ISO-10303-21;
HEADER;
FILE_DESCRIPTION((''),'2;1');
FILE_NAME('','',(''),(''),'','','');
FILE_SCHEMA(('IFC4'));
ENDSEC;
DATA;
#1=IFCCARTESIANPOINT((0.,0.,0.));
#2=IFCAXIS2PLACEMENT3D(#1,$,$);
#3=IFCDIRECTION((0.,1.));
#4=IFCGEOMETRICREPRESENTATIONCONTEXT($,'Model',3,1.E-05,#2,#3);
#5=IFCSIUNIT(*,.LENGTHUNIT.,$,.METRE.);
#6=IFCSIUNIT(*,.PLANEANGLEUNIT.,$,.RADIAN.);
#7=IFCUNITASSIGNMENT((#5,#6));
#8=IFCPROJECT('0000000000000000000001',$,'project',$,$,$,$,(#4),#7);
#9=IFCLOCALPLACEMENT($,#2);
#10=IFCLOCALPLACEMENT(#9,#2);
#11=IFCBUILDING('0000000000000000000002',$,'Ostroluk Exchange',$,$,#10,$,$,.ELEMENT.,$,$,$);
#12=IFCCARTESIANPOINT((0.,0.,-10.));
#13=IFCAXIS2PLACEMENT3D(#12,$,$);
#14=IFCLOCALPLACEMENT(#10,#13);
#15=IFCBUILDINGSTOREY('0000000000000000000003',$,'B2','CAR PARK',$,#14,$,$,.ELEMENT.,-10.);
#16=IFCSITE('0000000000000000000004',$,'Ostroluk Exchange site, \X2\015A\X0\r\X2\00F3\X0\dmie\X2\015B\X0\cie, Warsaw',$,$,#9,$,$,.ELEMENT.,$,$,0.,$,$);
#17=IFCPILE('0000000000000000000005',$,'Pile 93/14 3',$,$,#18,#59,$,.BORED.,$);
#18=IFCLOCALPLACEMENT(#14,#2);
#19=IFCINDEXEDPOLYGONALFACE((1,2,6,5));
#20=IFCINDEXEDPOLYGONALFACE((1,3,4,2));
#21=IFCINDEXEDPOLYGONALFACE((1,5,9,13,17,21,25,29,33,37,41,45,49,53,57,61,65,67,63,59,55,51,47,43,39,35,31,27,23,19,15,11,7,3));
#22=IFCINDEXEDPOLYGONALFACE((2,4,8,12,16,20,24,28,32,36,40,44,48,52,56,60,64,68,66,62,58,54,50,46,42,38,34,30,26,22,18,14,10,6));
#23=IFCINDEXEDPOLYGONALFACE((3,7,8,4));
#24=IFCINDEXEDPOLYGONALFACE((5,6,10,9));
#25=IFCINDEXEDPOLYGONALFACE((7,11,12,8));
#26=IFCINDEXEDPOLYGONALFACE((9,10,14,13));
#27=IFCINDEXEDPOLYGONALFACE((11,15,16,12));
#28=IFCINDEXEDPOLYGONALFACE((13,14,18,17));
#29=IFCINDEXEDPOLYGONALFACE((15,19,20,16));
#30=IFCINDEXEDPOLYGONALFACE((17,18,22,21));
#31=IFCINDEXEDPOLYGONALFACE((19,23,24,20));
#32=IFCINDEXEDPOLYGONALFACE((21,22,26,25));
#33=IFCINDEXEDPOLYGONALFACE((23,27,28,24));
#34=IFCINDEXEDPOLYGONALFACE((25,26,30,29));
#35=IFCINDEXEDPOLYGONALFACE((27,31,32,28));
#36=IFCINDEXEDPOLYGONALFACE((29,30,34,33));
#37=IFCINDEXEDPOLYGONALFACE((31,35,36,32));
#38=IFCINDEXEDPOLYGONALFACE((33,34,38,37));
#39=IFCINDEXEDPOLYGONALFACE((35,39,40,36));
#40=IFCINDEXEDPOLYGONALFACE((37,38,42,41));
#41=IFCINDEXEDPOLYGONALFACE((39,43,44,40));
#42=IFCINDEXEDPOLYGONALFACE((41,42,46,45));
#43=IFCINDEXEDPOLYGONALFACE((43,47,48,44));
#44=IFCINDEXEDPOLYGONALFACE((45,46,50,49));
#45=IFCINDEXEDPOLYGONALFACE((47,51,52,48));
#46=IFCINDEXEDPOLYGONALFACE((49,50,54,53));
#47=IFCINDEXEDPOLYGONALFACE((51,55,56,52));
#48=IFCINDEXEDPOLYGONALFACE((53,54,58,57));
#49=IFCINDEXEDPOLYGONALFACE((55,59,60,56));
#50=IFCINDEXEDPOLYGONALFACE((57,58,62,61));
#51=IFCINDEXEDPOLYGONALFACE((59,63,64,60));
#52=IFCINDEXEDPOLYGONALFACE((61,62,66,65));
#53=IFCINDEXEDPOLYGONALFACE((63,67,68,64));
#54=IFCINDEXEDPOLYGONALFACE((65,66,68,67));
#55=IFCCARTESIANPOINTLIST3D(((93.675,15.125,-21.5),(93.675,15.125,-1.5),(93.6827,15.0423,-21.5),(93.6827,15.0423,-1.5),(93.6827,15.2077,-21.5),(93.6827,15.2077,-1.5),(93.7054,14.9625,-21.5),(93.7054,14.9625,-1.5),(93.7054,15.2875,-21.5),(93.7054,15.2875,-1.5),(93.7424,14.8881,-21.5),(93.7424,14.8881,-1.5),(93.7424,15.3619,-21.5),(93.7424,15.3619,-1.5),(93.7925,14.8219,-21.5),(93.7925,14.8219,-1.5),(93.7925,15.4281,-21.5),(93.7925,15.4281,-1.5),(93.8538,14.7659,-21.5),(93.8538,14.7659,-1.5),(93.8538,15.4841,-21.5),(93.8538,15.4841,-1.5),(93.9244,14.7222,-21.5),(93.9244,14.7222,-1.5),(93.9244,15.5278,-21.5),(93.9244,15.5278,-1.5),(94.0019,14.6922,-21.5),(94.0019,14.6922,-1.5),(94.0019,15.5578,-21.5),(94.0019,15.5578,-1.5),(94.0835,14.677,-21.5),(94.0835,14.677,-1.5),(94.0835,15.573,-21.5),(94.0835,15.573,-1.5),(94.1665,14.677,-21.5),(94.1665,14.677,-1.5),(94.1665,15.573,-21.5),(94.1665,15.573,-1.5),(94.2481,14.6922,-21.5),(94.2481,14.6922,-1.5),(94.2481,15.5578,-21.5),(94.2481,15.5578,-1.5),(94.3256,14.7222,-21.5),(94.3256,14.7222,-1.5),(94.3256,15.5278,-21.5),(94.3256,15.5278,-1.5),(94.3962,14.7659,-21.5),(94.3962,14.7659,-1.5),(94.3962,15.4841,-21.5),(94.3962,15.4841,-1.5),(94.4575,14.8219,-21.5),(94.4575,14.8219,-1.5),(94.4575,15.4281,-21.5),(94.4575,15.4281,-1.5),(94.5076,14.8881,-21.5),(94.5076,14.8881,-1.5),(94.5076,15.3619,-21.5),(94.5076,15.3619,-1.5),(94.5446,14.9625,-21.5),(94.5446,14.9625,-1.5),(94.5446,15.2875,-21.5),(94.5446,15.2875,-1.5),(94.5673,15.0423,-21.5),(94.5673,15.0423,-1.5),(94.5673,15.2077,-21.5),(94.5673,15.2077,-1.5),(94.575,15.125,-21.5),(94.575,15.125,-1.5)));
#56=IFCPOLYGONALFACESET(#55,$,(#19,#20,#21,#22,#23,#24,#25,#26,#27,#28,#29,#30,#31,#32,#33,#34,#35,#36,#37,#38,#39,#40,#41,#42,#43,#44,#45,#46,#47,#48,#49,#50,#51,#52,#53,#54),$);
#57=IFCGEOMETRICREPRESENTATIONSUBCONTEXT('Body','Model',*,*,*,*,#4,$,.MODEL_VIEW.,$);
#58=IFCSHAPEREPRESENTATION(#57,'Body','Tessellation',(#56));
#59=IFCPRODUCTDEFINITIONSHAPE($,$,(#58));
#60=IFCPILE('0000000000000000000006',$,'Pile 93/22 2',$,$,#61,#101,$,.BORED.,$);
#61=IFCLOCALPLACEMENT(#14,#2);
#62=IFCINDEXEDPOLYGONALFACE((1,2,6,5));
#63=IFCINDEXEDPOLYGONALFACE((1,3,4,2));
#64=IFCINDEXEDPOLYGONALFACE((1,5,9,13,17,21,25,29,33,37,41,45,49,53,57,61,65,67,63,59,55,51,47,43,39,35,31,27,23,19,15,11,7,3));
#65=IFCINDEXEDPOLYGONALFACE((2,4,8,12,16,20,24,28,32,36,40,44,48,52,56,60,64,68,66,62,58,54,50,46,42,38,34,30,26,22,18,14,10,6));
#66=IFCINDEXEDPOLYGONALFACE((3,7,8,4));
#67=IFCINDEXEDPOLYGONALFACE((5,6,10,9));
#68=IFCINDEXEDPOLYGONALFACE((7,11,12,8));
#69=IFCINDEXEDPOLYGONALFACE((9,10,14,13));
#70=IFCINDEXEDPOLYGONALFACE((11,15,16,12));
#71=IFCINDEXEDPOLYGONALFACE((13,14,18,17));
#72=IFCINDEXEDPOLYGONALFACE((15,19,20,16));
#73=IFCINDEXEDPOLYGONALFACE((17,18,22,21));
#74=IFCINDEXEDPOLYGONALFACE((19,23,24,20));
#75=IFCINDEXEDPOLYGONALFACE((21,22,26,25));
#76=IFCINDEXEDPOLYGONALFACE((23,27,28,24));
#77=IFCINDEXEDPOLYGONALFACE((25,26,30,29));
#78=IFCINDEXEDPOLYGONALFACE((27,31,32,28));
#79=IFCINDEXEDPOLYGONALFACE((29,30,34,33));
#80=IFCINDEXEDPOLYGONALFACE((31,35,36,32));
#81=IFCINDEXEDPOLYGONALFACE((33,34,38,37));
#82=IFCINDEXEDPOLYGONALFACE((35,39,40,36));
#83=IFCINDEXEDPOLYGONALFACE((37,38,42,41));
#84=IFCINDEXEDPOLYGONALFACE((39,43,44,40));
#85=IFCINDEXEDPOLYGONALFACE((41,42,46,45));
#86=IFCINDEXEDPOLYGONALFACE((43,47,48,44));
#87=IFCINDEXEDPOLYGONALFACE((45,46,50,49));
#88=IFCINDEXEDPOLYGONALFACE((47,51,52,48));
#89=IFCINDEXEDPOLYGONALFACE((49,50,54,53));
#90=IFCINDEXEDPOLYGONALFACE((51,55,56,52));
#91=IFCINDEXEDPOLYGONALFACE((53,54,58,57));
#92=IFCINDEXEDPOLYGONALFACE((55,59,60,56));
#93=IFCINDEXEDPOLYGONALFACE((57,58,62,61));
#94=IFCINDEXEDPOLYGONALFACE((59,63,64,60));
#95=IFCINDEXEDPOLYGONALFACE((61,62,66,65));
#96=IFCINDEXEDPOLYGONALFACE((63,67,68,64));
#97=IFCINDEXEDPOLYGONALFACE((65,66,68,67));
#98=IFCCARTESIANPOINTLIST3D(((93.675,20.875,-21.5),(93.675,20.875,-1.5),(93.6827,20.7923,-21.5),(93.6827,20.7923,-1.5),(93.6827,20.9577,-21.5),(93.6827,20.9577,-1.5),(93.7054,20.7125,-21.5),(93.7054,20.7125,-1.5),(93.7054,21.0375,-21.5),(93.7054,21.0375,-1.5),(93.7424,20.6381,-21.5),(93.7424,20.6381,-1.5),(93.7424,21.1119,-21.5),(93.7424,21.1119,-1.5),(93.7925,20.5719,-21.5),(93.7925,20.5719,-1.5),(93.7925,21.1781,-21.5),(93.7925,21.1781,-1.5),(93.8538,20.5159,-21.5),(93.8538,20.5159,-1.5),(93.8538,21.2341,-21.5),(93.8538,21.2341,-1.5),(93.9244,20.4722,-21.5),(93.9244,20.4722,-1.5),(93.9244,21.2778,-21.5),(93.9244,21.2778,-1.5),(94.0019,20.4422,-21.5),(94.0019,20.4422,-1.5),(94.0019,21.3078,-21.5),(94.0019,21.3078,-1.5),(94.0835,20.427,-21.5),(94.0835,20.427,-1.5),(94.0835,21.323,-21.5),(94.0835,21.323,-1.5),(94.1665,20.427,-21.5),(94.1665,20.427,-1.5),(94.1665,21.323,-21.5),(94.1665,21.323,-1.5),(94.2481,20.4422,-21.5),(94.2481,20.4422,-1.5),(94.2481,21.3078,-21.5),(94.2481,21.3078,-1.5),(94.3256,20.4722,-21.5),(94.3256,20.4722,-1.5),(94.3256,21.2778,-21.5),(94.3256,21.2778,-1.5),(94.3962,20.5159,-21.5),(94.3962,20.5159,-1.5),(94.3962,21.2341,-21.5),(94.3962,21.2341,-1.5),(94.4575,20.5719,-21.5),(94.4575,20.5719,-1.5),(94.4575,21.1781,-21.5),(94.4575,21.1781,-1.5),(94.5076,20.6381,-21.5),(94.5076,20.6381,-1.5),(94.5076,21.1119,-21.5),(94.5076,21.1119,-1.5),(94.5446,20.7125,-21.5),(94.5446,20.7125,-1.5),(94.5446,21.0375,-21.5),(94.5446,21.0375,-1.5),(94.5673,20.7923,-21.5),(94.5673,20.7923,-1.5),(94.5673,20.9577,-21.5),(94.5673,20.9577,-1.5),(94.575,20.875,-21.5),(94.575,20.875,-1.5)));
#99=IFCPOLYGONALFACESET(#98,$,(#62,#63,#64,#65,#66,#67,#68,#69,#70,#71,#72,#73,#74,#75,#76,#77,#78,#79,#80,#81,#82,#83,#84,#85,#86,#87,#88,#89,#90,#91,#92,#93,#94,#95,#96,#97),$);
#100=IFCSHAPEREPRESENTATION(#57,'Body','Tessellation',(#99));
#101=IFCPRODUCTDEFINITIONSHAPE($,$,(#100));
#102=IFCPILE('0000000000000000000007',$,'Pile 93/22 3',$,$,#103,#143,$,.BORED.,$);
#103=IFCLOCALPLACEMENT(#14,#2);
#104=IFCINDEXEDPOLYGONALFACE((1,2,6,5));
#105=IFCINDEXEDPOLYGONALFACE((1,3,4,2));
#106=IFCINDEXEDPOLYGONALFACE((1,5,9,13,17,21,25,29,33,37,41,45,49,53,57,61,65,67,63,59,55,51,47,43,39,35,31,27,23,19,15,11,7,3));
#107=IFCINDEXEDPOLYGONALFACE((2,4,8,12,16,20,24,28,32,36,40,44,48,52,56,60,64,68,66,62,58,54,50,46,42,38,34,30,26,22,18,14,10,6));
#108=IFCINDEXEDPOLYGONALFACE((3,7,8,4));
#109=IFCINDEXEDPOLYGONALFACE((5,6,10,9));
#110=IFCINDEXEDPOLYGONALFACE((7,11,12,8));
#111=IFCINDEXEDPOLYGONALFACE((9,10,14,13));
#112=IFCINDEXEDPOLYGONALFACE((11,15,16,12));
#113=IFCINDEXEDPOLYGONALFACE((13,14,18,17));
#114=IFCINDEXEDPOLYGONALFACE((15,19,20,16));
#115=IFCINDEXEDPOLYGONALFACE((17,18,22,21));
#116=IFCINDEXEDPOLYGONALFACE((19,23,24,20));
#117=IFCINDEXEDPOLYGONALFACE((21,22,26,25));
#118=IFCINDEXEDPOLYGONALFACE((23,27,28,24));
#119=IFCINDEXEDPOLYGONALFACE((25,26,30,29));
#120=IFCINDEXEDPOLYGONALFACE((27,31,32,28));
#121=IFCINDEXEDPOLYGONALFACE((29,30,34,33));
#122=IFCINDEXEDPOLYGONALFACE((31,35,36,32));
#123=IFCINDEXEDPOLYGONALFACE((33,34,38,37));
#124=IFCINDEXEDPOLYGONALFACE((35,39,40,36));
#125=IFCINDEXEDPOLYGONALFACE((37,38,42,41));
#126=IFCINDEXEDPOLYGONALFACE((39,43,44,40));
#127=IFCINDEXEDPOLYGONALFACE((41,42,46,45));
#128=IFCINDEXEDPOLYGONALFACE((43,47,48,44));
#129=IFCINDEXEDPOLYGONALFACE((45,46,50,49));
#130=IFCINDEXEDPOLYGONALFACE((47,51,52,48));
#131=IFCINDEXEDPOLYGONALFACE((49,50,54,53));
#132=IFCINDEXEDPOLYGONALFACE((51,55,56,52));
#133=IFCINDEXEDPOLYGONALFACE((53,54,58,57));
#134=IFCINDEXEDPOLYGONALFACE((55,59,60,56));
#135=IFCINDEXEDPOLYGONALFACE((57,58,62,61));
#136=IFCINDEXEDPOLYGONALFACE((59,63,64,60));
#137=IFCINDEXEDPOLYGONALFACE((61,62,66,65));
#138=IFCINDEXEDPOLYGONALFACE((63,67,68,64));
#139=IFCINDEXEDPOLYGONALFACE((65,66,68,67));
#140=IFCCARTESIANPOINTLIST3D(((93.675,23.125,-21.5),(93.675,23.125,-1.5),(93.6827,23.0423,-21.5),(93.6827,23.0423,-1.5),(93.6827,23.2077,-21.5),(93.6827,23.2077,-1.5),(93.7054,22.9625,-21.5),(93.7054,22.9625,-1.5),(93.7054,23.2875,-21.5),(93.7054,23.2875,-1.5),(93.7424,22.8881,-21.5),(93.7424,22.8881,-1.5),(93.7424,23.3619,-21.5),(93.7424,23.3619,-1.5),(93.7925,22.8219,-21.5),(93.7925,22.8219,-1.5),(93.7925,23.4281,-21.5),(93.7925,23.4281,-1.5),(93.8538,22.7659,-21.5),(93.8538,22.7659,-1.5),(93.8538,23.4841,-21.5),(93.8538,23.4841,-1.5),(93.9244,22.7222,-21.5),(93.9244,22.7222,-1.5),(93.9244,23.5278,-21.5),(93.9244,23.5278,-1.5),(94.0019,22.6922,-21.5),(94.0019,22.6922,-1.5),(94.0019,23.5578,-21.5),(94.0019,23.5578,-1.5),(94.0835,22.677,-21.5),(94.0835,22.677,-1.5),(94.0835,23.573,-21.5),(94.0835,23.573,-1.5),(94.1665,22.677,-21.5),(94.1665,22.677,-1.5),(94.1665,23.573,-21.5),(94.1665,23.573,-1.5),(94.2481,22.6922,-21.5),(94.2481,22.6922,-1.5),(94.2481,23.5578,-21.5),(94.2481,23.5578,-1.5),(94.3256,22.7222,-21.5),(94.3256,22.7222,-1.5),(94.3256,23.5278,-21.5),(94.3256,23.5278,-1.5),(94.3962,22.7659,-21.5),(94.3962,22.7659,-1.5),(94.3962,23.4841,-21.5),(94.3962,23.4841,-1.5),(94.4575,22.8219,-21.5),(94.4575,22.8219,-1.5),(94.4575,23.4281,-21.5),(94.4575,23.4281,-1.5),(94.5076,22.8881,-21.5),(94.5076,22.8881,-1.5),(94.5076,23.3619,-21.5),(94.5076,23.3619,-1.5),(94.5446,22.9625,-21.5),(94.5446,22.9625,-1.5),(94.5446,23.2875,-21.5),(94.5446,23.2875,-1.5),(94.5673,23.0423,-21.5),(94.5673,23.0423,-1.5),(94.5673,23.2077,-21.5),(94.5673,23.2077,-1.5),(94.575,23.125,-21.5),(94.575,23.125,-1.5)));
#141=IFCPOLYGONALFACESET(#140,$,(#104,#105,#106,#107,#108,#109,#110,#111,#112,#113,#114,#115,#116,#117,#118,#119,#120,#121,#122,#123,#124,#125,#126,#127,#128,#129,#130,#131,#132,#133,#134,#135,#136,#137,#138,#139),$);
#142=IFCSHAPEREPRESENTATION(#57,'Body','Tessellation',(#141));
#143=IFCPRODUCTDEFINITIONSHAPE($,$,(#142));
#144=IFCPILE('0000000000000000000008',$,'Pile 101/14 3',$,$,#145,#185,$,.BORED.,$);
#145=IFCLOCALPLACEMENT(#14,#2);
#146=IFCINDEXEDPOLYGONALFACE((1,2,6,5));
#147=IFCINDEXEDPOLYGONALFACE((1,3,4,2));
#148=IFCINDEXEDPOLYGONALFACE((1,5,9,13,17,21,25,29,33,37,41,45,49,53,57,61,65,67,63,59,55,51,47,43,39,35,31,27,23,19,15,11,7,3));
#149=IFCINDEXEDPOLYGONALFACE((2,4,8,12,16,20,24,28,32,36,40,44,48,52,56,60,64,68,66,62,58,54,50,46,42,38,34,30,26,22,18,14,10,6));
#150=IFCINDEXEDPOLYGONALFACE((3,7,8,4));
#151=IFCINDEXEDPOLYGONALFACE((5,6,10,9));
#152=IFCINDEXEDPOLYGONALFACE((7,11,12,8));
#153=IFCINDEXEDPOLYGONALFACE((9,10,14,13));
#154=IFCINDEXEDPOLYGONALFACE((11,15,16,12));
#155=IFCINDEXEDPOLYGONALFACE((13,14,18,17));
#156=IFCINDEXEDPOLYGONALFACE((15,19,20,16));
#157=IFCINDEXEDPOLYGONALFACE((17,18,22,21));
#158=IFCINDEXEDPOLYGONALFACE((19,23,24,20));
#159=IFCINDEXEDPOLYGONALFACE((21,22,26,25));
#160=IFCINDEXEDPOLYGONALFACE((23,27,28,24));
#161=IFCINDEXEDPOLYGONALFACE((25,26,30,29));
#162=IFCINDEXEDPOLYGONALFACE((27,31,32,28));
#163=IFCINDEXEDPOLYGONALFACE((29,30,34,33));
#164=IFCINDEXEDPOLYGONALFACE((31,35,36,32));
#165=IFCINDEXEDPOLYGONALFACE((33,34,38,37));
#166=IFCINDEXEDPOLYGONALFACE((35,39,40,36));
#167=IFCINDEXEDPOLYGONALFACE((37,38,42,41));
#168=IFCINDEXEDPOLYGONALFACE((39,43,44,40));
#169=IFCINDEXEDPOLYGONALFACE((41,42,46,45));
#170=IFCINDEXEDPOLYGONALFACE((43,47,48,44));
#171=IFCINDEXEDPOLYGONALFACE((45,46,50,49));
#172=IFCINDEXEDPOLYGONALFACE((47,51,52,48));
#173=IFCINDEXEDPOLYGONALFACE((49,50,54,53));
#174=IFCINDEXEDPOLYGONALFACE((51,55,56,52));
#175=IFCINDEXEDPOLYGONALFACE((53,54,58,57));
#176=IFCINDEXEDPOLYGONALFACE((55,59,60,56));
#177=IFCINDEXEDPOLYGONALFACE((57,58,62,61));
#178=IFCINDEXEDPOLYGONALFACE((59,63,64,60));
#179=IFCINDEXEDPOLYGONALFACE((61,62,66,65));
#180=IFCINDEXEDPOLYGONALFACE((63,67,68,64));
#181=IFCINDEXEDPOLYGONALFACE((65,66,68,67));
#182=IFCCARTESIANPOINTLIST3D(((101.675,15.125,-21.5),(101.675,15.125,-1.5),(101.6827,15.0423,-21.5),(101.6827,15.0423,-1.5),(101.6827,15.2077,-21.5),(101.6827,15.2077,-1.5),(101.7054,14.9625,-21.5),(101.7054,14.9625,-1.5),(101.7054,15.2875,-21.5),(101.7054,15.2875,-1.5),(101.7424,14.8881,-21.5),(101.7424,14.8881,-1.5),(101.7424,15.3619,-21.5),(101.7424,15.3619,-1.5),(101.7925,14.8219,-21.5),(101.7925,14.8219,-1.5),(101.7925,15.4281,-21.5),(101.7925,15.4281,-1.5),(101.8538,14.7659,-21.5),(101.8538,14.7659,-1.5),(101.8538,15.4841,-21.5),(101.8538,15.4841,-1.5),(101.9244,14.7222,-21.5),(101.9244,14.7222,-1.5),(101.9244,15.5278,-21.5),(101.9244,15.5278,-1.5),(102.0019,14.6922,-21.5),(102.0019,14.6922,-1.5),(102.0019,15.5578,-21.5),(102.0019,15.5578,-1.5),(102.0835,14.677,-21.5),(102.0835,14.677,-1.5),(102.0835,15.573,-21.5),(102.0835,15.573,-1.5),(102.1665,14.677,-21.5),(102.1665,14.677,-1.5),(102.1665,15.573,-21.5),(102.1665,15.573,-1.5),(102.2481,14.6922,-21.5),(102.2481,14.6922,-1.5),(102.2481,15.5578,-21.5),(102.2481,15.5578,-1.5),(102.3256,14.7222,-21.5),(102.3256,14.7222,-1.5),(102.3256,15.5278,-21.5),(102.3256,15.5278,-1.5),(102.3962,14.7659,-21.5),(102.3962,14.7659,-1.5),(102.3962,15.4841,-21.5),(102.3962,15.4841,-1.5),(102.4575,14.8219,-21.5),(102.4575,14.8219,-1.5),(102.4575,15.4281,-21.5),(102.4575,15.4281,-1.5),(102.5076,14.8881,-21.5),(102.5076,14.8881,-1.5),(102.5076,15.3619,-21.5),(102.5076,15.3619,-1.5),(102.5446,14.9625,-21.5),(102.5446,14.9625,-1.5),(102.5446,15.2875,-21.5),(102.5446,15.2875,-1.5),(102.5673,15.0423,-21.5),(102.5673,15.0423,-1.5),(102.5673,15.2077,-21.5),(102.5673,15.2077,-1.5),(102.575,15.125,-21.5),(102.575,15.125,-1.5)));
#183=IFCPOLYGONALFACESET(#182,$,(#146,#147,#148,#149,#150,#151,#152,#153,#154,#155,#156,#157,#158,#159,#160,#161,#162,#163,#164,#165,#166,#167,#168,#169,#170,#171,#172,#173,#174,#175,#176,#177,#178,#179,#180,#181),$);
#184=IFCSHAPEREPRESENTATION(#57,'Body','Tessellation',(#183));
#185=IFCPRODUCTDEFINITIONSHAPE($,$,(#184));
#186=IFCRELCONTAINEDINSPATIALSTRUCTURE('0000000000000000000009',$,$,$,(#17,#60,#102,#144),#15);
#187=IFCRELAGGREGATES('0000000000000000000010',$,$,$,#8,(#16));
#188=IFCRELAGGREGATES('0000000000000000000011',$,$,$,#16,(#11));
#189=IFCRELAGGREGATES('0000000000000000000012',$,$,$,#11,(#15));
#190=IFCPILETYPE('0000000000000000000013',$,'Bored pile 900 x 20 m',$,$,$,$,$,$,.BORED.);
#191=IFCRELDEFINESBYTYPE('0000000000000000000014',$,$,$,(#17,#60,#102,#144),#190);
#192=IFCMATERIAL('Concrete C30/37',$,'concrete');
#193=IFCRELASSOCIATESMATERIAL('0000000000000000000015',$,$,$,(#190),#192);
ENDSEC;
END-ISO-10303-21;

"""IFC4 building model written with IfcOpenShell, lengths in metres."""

from ifc_helpers import new_model, si_unit, direction, frame, origin, origin_2d, place, context, subcontext, project, spatial, circle, extrude, material, type_object, element, save


model = new_model("IFC4")

# Units and contexts
model_context = context("Model", 3, precision=1e-05, world=origin(), true_north=direction((0.0, 1.0)))
body_context = subcontext(model_context, "Body", "Model", "MODEL_VIEW")
ifc_project = project(units=[si_unit("LENGTHUNIT", "METRE"), si_unit("PLANEANGLEUNIT", "RADIAN")], contexts=[model_context])

# Site, building, storey
site_placement = place(None, origin())
site = spatial("IfcSite", under=ifc_project, at=site_placement, Name="Ostroluk Exchange site, Śródmieście, Warsaw", CompositionType="ELEMENT", RefElevation=0.0)
building_placement = place(site_placement, origin())
building = spatial("IfcBuilding", under=site, at=building_placement, Name="Ostroluk Exchange", CompositionType="ELEMENT")
storey_placement = place(building_placement, frame((0.0, 0.0, -10.0)))
storey = spatial("IfcBuildingStorey", under=building, at=storey_placement, Name="B2", Description="CAR PARK", CompositionType="ELEMENT", Elevation=-10.0)

# Piles
ifc_material_1 = material(Name="Concrete C30/37", Category="concrete")
pile_type_1 = type_object("IfcPileType", Name="Bored pile 900 x 20 m", PredefinedType="BORED", material=ifc_material_1)
for number, where, z_axis, x_axis, name in (
    (1, (94.125, 15.125, -1.5), (0.0, 0.0, -1.0), (1.0, 0.0, 0.0), "Pile 93/14 3"),
    (2, (94.125, 20.875, -1.5), (0.0, 0.0, -1.0), (1.0, 0.0, 0.0), "Pile 93/22 2"),
    (3, (94.125, 23.125, -1.5), (0.0, 0.0, -1.0), (1.0, 0.0, 0.0), "Pile 93/22 3"),
    (4, (102.125, 15.125, -1.5), (0.0, 0.0, -1.0), (1.0, 0.0, 0.0), "Pile 101/14 3"),
):
    element("IfcPile", number, at=place(storey_placement, frame(where, z_axis=z_axis, x_axis=x_axis)), inside=storey, type_object=pile_type_1, Name=name, PredefinedType="BORED", context=body_context, shape_type="SweptSolid", body=[
        extrude(circle(Radius=0.45, at=origin_2d()), origin(), (0.0, 0.0, 1.0), 20.0),
    ])

save(model, "model.ifc")
